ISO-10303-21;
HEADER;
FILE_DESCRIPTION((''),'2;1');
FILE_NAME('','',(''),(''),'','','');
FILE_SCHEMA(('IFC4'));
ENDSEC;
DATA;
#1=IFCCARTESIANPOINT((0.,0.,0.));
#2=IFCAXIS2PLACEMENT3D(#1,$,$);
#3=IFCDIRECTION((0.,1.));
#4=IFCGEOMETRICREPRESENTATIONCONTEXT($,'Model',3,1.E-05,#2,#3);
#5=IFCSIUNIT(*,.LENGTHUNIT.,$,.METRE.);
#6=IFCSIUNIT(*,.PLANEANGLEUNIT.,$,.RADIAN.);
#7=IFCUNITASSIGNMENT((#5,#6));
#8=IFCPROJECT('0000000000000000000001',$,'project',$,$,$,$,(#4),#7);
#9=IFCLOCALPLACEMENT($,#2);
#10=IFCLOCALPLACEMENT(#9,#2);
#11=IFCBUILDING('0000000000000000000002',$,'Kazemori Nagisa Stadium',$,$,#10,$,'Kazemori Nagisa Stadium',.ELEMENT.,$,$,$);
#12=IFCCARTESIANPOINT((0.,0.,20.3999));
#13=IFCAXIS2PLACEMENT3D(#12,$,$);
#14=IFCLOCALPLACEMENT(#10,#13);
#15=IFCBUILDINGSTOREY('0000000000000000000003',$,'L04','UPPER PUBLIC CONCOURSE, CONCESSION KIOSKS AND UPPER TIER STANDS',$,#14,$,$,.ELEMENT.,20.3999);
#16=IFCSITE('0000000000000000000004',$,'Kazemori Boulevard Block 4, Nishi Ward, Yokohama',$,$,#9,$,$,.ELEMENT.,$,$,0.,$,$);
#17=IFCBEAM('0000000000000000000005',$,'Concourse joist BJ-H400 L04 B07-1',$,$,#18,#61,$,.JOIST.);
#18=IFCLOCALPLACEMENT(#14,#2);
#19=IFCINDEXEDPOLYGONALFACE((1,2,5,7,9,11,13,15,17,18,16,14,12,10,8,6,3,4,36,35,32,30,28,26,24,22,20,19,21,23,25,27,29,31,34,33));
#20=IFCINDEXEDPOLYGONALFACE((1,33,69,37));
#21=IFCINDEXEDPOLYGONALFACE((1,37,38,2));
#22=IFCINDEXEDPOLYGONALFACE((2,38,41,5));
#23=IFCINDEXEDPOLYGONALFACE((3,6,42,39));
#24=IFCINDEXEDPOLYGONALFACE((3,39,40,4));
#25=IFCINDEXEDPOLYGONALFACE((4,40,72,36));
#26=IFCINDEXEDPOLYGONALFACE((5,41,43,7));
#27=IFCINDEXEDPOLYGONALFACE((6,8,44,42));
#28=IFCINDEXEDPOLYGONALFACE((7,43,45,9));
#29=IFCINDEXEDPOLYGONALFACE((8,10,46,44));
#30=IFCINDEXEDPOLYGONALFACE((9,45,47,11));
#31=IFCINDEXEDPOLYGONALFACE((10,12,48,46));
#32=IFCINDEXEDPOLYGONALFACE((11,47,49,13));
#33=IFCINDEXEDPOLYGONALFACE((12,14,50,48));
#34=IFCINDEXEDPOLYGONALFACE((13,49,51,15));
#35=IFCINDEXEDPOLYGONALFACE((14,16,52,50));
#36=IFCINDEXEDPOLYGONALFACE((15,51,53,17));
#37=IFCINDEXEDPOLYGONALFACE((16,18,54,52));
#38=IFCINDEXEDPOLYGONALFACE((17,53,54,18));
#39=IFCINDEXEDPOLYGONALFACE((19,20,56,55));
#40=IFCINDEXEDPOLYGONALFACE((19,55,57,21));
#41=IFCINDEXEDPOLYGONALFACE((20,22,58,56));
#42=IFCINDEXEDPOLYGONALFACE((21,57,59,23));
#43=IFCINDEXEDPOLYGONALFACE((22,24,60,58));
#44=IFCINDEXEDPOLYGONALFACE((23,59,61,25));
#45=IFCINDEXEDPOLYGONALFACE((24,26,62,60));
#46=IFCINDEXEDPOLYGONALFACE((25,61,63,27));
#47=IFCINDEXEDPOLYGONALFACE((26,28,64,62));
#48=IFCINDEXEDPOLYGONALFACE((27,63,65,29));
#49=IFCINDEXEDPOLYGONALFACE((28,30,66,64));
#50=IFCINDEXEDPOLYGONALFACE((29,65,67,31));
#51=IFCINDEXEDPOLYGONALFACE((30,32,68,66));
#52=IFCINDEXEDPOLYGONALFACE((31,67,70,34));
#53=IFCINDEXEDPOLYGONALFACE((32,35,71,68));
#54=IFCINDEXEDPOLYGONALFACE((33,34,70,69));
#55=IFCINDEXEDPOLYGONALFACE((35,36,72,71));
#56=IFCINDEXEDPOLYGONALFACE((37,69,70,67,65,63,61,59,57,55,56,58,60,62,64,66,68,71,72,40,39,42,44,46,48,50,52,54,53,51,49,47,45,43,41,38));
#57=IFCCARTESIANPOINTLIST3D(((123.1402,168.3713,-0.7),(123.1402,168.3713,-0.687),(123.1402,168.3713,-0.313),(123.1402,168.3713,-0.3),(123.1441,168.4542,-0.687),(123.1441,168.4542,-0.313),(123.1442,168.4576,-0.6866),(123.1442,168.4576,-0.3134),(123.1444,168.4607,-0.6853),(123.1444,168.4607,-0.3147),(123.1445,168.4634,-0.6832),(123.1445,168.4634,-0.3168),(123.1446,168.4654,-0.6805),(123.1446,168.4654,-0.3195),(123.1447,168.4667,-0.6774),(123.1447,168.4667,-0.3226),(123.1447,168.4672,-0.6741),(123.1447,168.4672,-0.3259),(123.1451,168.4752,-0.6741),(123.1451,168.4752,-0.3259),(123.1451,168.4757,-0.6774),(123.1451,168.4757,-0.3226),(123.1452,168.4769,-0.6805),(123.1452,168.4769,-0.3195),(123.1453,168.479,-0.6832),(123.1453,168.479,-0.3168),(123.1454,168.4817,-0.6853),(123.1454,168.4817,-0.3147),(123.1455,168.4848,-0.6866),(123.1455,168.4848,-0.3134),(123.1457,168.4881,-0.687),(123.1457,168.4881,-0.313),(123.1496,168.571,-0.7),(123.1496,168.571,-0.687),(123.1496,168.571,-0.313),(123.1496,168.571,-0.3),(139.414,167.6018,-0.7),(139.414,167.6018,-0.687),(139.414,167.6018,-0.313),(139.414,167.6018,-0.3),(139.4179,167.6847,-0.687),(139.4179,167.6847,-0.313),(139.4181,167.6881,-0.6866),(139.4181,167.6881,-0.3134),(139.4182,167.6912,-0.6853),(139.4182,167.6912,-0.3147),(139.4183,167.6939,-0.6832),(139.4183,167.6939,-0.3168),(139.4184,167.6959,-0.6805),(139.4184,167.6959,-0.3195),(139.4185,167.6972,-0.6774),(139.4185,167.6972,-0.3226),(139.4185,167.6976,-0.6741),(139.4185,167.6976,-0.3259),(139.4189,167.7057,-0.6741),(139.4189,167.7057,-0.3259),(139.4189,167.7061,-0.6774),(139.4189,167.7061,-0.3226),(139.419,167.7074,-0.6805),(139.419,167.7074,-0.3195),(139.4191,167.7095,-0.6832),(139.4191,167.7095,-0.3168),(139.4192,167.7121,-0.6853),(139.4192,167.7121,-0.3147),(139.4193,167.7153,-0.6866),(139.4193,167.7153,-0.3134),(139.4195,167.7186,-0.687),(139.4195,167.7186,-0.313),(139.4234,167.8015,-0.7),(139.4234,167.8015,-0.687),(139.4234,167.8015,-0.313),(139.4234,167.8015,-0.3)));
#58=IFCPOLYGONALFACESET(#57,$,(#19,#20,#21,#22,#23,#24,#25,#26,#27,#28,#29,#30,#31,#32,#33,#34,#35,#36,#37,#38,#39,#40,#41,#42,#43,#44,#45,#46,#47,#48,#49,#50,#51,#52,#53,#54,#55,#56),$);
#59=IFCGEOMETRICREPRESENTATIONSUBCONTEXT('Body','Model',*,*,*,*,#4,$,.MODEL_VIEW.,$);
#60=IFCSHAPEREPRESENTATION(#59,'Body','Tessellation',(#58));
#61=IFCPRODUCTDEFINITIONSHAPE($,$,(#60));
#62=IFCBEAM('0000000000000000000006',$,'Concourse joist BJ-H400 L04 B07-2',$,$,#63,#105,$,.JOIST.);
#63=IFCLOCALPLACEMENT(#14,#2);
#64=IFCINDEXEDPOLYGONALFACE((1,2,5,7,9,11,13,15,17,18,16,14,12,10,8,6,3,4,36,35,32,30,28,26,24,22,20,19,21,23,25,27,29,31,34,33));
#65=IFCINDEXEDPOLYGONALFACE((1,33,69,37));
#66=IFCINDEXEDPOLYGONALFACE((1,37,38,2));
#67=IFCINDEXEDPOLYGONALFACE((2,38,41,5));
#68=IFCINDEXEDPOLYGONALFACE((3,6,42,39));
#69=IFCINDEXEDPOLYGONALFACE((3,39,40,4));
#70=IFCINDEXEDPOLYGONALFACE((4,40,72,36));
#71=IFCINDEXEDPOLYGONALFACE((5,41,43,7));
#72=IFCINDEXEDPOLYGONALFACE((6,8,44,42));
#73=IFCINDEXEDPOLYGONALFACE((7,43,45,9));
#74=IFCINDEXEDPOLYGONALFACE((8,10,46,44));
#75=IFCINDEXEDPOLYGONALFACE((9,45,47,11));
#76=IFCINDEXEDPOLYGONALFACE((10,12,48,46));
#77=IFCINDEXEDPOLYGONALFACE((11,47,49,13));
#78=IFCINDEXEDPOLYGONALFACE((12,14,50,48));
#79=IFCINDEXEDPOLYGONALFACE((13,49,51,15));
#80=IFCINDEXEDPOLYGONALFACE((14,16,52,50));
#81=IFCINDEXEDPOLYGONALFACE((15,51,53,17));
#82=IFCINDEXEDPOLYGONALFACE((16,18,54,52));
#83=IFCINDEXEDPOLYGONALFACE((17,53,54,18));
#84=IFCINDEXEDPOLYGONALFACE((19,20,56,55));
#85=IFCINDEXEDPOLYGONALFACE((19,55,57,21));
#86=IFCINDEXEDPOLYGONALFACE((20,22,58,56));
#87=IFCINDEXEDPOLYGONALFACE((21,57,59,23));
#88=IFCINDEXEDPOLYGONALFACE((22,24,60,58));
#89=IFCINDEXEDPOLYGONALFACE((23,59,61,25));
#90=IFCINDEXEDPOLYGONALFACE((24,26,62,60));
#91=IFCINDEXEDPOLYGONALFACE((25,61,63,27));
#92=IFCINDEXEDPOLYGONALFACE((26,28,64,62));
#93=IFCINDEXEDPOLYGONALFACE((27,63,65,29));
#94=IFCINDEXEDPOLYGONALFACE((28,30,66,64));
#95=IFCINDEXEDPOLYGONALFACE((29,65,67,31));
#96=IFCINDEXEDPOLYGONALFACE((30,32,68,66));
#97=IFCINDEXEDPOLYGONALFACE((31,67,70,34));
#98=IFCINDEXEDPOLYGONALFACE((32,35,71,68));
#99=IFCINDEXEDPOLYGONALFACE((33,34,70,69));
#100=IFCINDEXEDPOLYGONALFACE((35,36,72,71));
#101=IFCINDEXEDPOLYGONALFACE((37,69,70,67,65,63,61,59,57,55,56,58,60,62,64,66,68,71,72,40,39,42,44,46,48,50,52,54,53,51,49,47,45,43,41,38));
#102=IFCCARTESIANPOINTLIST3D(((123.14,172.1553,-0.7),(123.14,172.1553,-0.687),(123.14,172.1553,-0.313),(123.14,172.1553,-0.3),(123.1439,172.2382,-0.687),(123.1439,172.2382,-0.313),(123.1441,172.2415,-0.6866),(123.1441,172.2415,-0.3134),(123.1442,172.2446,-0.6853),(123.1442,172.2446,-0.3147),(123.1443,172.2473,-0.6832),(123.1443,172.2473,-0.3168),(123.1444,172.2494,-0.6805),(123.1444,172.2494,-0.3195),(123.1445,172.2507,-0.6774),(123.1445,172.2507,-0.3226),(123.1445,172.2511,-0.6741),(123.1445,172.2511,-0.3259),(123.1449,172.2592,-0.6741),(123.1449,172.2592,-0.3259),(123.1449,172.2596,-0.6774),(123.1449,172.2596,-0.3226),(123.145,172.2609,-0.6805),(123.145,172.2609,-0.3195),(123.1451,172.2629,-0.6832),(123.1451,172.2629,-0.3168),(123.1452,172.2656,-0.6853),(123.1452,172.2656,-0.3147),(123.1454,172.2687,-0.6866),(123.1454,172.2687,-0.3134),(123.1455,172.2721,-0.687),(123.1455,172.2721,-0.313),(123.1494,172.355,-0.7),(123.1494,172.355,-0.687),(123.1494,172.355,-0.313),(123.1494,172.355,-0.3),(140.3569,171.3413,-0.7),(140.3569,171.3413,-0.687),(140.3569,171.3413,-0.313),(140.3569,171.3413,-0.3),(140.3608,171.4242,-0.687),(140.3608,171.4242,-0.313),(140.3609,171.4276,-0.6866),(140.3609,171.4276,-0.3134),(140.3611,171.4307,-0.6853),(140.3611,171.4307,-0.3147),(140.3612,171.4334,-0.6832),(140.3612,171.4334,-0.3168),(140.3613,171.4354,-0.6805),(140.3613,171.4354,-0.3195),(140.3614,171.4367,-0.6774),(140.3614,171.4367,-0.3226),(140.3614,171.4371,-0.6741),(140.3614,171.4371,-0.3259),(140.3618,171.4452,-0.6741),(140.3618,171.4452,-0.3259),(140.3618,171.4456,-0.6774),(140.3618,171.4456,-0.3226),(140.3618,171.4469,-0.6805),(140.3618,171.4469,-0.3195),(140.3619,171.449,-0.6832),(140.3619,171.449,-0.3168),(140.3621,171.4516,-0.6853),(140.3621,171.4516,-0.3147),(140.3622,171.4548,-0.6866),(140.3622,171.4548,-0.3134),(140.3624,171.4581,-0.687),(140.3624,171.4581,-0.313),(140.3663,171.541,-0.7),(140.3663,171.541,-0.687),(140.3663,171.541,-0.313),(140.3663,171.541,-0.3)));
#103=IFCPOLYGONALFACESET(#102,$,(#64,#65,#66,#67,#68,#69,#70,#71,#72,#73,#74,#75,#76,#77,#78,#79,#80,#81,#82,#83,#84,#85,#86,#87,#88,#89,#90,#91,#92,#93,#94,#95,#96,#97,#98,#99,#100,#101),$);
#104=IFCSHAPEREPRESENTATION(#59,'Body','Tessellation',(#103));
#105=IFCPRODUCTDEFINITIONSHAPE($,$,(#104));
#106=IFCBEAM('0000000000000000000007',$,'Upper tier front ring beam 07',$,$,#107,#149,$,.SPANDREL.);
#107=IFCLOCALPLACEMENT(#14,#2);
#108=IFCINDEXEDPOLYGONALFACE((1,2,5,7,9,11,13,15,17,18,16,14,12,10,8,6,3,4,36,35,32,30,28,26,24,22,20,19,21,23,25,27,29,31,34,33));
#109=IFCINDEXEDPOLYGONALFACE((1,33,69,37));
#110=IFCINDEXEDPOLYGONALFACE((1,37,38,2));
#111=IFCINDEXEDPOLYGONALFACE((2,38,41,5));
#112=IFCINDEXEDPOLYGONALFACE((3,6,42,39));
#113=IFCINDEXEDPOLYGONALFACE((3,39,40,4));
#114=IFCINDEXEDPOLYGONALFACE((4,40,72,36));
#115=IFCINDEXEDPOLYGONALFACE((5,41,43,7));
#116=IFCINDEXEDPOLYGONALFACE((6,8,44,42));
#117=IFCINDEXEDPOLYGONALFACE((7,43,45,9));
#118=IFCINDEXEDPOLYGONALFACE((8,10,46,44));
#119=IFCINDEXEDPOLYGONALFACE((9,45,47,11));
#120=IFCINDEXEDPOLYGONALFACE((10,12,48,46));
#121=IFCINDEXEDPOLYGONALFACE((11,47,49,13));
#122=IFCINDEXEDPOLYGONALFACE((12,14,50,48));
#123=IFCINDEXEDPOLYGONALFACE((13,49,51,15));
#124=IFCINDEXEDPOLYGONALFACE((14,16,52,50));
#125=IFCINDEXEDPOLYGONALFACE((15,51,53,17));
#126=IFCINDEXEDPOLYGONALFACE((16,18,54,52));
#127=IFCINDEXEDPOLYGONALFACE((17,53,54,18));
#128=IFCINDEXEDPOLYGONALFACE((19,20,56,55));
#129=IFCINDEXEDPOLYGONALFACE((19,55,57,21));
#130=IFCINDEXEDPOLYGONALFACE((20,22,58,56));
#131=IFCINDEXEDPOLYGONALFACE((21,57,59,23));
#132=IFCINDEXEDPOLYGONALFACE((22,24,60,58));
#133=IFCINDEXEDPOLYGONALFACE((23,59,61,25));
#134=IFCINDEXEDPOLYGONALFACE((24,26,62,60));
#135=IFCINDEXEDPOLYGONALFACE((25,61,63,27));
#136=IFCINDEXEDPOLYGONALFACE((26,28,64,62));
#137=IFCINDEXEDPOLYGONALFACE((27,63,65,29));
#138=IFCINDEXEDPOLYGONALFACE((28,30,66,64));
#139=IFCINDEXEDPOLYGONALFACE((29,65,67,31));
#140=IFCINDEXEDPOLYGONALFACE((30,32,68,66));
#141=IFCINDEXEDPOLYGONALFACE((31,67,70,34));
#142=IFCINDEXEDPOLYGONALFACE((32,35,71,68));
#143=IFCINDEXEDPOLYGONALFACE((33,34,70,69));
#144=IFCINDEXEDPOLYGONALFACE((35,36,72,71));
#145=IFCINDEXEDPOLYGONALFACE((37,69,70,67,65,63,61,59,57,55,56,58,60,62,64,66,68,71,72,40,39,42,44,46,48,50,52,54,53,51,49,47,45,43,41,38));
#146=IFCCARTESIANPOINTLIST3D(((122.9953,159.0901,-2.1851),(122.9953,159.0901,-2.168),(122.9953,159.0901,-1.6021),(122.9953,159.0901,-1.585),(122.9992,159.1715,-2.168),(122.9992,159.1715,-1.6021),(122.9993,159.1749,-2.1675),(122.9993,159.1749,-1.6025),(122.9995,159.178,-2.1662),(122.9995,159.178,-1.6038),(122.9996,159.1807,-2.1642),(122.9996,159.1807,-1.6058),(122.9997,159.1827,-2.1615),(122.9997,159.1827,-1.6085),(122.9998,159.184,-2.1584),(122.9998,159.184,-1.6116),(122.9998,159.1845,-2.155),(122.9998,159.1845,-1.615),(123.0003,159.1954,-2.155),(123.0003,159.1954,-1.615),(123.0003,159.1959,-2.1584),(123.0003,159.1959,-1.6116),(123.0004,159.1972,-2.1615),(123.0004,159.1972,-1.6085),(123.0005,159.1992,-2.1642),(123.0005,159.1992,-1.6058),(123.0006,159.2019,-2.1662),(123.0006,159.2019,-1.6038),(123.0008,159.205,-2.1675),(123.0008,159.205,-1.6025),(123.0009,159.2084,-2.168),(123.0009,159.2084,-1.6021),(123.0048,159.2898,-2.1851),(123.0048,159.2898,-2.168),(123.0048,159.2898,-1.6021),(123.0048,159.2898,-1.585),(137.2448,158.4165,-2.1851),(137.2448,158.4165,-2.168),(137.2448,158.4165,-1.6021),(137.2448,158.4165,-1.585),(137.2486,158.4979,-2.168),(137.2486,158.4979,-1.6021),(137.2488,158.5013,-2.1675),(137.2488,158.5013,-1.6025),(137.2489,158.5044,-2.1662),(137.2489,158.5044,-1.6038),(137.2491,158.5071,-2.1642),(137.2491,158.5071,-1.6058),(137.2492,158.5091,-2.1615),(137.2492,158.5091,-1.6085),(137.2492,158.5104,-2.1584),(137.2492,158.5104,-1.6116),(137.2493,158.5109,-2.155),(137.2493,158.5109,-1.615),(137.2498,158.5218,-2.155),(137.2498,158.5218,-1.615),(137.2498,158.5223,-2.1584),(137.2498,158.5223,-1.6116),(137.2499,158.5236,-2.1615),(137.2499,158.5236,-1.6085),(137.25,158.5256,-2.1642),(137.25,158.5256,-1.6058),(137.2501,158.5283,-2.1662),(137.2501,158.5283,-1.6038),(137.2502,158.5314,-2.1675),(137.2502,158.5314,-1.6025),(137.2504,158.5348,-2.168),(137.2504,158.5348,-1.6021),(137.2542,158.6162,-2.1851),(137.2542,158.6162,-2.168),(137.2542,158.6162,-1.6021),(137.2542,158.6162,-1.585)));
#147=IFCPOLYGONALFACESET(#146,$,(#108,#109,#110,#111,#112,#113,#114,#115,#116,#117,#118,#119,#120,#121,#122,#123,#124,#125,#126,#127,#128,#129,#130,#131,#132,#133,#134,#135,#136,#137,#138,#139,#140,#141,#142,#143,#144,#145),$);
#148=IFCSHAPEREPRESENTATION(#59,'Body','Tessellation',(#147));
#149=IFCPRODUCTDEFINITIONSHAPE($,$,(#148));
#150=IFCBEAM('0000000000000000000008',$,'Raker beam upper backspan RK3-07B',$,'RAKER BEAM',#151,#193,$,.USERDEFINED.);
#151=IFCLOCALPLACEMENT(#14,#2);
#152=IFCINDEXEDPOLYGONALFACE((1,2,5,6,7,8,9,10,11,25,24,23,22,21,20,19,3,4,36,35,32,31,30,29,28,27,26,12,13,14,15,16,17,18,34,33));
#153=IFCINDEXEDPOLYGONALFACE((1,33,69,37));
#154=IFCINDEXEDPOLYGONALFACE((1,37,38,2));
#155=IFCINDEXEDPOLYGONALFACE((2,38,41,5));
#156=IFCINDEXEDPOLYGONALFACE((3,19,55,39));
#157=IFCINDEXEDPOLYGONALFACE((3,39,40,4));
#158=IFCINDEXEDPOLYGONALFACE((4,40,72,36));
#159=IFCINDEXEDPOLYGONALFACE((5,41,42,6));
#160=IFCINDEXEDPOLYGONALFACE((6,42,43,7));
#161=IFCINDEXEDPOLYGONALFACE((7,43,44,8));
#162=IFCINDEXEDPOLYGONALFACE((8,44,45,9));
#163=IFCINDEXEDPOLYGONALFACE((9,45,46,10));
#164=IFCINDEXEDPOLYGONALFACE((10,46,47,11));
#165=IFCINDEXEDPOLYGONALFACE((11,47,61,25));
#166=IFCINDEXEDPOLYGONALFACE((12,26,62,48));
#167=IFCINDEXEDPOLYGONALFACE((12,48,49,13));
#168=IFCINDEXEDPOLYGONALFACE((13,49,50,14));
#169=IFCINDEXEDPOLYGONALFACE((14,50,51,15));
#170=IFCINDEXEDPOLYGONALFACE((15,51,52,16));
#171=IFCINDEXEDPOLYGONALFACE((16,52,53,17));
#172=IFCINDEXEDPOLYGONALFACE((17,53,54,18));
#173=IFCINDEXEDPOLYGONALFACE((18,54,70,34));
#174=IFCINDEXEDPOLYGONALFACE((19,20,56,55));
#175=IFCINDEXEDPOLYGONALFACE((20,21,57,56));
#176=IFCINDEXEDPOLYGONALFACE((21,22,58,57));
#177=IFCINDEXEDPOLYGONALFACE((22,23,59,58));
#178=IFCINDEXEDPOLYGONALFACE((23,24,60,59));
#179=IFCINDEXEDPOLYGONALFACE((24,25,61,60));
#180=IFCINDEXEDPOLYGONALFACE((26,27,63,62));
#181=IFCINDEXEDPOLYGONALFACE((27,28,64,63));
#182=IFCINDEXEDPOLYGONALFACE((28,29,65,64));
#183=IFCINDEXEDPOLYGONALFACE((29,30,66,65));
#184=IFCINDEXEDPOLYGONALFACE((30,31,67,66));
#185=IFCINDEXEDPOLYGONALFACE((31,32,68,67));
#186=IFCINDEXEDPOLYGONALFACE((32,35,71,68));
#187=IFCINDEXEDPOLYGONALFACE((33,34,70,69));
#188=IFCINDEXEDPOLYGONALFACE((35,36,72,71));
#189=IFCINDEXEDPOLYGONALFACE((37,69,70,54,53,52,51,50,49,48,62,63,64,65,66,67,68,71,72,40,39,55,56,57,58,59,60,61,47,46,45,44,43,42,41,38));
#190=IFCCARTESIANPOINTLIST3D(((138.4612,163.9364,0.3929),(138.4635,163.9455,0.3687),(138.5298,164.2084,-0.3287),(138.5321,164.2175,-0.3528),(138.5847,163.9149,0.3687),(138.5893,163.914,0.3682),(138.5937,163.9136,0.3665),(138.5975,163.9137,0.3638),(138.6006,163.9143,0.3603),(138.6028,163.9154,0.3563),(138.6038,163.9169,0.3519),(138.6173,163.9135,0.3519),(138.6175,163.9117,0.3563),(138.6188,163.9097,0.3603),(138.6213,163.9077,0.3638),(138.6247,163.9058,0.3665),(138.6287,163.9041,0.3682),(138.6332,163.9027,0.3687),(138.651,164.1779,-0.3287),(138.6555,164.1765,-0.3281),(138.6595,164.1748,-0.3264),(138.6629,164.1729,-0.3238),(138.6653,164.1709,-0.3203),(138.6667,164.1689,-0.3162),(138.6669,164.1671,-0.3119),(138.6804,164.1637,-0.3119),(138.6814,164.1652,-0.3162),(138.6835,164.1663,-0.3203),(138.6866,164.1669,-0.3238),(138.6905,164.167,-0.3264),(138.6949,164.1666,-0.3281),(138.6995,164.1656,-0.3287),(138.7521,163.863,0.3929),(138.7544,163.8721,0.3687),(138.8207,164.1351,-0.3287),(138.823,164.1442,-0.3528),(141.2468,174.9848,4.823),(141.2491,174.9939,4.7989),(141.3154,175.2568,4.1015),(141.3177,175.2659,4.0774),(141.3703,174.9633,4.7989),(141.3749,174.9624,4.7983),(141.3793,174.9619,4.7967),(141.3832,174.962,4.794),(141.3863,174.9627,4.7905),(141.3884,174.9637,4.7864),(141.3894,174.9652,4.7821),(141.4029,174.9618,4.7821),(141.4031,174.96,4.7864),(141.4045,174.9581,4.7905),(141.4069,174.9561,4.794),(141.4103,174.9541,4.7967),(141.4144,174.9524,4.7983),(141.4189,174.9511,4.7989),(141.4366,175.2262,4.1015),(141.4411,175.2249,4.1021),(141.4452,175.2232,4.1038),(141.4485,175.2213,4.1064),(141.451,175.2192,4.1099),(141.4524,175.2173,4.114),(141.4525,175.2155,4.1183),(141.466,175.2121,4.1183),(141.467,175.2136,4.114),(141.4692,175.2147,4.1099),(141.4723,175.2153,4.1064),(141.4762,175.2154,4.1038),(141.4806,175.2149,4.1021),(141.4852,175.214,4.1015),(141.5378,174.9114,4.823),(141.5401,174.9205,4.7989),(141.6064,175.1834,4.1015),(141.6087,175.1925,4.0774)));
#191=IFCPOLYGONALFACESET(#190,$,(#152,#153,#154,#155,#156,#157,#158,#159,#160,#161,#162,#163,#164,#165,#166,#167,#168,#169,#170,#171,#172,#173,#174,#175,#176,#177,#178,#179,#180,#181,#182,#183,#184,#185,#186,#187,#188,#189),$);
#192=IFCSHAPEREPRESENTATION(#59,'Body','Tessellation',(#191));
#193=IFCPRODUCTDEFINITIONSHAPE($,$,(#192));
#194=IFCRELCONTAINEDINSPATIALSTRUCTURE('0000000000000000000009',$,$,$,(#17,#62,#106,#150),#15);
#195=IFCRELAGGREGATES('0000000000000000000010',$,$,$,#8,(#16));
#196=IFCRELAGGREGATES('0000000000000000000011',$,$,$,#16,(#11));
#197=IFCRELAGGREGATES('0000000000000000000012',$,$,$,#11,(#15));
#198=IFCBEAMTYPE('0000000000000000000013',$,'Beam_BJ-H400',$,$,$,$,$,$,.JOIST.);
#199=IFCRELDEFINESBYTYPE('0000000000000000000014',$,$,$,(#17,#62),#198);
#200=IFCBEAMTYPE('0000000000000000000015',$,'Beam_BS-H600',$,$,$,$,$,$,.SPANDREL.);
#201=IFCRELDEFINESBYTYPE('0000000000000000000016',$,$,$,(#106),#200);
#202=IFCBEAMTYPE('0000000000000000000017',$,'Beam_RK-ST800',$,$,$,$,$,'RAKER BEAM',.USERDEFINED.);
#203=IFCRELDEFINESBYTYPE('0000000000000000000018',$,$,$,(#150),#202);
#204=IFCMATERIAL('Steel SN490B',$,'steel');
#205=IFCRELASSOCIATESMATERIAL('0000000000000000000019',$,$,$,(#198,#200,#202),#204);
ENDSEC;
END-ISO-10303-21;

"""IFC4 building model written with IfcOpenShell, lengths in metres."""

from ifc_helpers import new_model, si_unit, direction, frame, origin, origin_2d, place, context, subcontext, project, spatial, i_section, extrude, material, material_profile, profile_set, type_object, element, save


model = new_model("IFC4")

# Units and contexts
model_context = context("Model", 3, precision=1e-05, world=origin(), true_north=direction((0.0, 1.0)))
body_context = subcontext(model_context, "Body", "Model", "MODEL_VIEW")
ifc_project = project(units=[si_unit("LENGTHUNIT", "METRE"), si_unit("PLANEANGLEUNIT", "RADIAN")], contexts=[model_context])

# Site, building, storey
site_placement = place(None, origin())
site = spatial("IfcSite", under=ifc_project, at=site_placement, Name="Kazemori Boulevard Block 4, Nishi Ward, Yokohama", CompositionType="ELEMENT", RefElevation=0.0)
building_placement = place(site_placement, origin())
building = spatial("IfcBuilding", under=site, at=building_placement, Name="Kazemori Nagisa Stadium", LongName="Kazemori Nagisa Stadium", CompositionType="ELEMENT")
storey_placement = place(building_placement, frame((0.0, 0.0, 20.3999)))
storey = spatial("IfcBuildingStorey", under=building, at=storey_placement, Name="L04", Description="UPPER PUBLIC CONCOURSE, CONCESSION KIOSKS AND UPPER TIER STANDS", CompositionType="ELEMENT", Elevation=20.3999)

# Beams
ifc_material_1 = material(Name="Steel SN490B", Category="steel")
ifc_material_profile_1 = material_profile(ifc_material_1, i_section(OverallWidth=0.2, OverallDepth=0.3999, WebThickness=0.0081, FlangeThickness=0.0129, FilletRadius=0.0129, at=origin_2d()), Name="H-400x200x8x13")
ifc_profile_set_1 = profile_set([ifc_material_profile_1], Name="Steel SN490B")
beam_type_1 = type_object("IfcBeamType", Name="Beam_BJ-H400", PredefinedType="JOIST", material=ifc_profile_set_1)
beam_1_placement = place(storey_placement, frame((139.4187, 167.7017, -0.5), z_axis=(-0.998884, 0.047233, 0.0), x_axis=(-0.047233, -0.998884, 0.0)))
element("IfcBeam", 1, at=beam_1_placement, inside=storey, type_object=beam_type_1, Name="Concourse joist BJ-H400 L04 B07-1", PredefinedType="JOIST", context=body_context, shape_type="SweptSolid", body=[
    extrude(i_section(OverallWidth=0.2, OverallDepth=0.3999, WebThickness=0.0081, FlangeThickness=0.0129, FilletRadius=0.0129, at=origin_2d()), origin(), (0.0, 0.0, 1.0), 16.292),
])
beam_2_placement = place(storey_placement, frame((140.3616, 171.4412, -0.5), z_axis=(-0.998884, 0.047225, 0.0), x_axis=(-0.047225, -0.998884, 0.0)))
element("IfcBeam", 2, at=beam_2_placement, inside=storey, type_object=beam_type_1, Name="Concourse joist BJ-H400 L04 B07-2", PredefinedType="JOIST", context=body_context, shape_type="SweptSolid", body=[
    extrude(i_section(OverallWidth=0.2, OverallDepth=0.3999, WebThickness=0.0081, FlangeThickness=0.0129, FilletRadius=0.0129, at=origin_2d()), origin(), (0.0, 0.0, 1.0), 17.2361),
])
ifc_material_profile_2 = material_profile(ifc_material_1, i_section(OverallWidth=0.2, OverallDepth=0.6001, WebThickness=0.011, FlangeThickness=0.0171, FilletRadius=0.0129, at=origin_2d()), Name="H-600x200x11x17")
ifc_profile_set_2 = profile_set([ifc_material_profile_2], Name="Steel SN490B")
beam_type_2 = type_object("IfcBeamType", Name="Beam_BS-H600", PredefinedType="SPANDREL", material=ifc_profile_set_2)
beam_3_placement = place(storey_placement, frame((137.2495, 158.5164, -1.885), z_axis=(-0.998885, 0.047218, 0.0), x_axis=(-0.047218, -0.998885, 0.0)))
element("IfcBeam", 3, at=beam_3_placement, inside=storey, type_object=beam_type_2, Name="Upper tier front ring beam 07", PredefinedType="SPANDREL", context=body_context, shape_type="SweptSolid", body=[
    extrude(i_section(OverallWidth=0.2, OverallDepth=0.6001, WebThickness=0.011, FlangeThickness=0.0171, FilletRadius=0.0129, at=origin_2d()), origin(), (0.0, 0.0, 1.0), 14.2654),
])
ifc_material_profile_3 = material_profile(ifc_material_1, i_section(OverallWidth=0.3, OverallDepth=0.8, WebThickness=0.0139, FlangeThickness=0.0259, FilletRadius=0.0181, at=origin_2d()), Name="H-800x300x14x26")
ifc_profile_set_3 = profile_set([ifc_material_profile_3], Name="Steel SN490B")
beam_type_3 = type_object("IfcBeamType", Name="Beam_RK-ST800", ElementType="RAKER BEAM", PredefinedType="USERDEFINED", material=ifc_profile_set_3)
beam_4_placement = place(storey_placement, frame((138.6421, 164.0403, 0.02), z_axis=(0.227863, 0.903745, 0.362385), x_axis=(-0.969654, 0.244481, 0.0)))
element("IfcBeam", 4, at=beam_4_placement, inside=storey, type_object=beam_type_3, Name="Raker beam upper backspan RK3-07B", ObjectType="RAKER BEAM", PredefinedType="USERDEFINED", context=body_context, shape_type="SweptSolid", body=[
    extrude(i_section(OverallWidth=0.3, OverallDepth=0.8, WebThickness=0.0139, FlangeThickness=0.0259, FilletRadius=0.0181, at=origin_2d()), origin(), (0.0, 0.0, 1.0), 12.2251),
])

save(model, "model.ifc")
